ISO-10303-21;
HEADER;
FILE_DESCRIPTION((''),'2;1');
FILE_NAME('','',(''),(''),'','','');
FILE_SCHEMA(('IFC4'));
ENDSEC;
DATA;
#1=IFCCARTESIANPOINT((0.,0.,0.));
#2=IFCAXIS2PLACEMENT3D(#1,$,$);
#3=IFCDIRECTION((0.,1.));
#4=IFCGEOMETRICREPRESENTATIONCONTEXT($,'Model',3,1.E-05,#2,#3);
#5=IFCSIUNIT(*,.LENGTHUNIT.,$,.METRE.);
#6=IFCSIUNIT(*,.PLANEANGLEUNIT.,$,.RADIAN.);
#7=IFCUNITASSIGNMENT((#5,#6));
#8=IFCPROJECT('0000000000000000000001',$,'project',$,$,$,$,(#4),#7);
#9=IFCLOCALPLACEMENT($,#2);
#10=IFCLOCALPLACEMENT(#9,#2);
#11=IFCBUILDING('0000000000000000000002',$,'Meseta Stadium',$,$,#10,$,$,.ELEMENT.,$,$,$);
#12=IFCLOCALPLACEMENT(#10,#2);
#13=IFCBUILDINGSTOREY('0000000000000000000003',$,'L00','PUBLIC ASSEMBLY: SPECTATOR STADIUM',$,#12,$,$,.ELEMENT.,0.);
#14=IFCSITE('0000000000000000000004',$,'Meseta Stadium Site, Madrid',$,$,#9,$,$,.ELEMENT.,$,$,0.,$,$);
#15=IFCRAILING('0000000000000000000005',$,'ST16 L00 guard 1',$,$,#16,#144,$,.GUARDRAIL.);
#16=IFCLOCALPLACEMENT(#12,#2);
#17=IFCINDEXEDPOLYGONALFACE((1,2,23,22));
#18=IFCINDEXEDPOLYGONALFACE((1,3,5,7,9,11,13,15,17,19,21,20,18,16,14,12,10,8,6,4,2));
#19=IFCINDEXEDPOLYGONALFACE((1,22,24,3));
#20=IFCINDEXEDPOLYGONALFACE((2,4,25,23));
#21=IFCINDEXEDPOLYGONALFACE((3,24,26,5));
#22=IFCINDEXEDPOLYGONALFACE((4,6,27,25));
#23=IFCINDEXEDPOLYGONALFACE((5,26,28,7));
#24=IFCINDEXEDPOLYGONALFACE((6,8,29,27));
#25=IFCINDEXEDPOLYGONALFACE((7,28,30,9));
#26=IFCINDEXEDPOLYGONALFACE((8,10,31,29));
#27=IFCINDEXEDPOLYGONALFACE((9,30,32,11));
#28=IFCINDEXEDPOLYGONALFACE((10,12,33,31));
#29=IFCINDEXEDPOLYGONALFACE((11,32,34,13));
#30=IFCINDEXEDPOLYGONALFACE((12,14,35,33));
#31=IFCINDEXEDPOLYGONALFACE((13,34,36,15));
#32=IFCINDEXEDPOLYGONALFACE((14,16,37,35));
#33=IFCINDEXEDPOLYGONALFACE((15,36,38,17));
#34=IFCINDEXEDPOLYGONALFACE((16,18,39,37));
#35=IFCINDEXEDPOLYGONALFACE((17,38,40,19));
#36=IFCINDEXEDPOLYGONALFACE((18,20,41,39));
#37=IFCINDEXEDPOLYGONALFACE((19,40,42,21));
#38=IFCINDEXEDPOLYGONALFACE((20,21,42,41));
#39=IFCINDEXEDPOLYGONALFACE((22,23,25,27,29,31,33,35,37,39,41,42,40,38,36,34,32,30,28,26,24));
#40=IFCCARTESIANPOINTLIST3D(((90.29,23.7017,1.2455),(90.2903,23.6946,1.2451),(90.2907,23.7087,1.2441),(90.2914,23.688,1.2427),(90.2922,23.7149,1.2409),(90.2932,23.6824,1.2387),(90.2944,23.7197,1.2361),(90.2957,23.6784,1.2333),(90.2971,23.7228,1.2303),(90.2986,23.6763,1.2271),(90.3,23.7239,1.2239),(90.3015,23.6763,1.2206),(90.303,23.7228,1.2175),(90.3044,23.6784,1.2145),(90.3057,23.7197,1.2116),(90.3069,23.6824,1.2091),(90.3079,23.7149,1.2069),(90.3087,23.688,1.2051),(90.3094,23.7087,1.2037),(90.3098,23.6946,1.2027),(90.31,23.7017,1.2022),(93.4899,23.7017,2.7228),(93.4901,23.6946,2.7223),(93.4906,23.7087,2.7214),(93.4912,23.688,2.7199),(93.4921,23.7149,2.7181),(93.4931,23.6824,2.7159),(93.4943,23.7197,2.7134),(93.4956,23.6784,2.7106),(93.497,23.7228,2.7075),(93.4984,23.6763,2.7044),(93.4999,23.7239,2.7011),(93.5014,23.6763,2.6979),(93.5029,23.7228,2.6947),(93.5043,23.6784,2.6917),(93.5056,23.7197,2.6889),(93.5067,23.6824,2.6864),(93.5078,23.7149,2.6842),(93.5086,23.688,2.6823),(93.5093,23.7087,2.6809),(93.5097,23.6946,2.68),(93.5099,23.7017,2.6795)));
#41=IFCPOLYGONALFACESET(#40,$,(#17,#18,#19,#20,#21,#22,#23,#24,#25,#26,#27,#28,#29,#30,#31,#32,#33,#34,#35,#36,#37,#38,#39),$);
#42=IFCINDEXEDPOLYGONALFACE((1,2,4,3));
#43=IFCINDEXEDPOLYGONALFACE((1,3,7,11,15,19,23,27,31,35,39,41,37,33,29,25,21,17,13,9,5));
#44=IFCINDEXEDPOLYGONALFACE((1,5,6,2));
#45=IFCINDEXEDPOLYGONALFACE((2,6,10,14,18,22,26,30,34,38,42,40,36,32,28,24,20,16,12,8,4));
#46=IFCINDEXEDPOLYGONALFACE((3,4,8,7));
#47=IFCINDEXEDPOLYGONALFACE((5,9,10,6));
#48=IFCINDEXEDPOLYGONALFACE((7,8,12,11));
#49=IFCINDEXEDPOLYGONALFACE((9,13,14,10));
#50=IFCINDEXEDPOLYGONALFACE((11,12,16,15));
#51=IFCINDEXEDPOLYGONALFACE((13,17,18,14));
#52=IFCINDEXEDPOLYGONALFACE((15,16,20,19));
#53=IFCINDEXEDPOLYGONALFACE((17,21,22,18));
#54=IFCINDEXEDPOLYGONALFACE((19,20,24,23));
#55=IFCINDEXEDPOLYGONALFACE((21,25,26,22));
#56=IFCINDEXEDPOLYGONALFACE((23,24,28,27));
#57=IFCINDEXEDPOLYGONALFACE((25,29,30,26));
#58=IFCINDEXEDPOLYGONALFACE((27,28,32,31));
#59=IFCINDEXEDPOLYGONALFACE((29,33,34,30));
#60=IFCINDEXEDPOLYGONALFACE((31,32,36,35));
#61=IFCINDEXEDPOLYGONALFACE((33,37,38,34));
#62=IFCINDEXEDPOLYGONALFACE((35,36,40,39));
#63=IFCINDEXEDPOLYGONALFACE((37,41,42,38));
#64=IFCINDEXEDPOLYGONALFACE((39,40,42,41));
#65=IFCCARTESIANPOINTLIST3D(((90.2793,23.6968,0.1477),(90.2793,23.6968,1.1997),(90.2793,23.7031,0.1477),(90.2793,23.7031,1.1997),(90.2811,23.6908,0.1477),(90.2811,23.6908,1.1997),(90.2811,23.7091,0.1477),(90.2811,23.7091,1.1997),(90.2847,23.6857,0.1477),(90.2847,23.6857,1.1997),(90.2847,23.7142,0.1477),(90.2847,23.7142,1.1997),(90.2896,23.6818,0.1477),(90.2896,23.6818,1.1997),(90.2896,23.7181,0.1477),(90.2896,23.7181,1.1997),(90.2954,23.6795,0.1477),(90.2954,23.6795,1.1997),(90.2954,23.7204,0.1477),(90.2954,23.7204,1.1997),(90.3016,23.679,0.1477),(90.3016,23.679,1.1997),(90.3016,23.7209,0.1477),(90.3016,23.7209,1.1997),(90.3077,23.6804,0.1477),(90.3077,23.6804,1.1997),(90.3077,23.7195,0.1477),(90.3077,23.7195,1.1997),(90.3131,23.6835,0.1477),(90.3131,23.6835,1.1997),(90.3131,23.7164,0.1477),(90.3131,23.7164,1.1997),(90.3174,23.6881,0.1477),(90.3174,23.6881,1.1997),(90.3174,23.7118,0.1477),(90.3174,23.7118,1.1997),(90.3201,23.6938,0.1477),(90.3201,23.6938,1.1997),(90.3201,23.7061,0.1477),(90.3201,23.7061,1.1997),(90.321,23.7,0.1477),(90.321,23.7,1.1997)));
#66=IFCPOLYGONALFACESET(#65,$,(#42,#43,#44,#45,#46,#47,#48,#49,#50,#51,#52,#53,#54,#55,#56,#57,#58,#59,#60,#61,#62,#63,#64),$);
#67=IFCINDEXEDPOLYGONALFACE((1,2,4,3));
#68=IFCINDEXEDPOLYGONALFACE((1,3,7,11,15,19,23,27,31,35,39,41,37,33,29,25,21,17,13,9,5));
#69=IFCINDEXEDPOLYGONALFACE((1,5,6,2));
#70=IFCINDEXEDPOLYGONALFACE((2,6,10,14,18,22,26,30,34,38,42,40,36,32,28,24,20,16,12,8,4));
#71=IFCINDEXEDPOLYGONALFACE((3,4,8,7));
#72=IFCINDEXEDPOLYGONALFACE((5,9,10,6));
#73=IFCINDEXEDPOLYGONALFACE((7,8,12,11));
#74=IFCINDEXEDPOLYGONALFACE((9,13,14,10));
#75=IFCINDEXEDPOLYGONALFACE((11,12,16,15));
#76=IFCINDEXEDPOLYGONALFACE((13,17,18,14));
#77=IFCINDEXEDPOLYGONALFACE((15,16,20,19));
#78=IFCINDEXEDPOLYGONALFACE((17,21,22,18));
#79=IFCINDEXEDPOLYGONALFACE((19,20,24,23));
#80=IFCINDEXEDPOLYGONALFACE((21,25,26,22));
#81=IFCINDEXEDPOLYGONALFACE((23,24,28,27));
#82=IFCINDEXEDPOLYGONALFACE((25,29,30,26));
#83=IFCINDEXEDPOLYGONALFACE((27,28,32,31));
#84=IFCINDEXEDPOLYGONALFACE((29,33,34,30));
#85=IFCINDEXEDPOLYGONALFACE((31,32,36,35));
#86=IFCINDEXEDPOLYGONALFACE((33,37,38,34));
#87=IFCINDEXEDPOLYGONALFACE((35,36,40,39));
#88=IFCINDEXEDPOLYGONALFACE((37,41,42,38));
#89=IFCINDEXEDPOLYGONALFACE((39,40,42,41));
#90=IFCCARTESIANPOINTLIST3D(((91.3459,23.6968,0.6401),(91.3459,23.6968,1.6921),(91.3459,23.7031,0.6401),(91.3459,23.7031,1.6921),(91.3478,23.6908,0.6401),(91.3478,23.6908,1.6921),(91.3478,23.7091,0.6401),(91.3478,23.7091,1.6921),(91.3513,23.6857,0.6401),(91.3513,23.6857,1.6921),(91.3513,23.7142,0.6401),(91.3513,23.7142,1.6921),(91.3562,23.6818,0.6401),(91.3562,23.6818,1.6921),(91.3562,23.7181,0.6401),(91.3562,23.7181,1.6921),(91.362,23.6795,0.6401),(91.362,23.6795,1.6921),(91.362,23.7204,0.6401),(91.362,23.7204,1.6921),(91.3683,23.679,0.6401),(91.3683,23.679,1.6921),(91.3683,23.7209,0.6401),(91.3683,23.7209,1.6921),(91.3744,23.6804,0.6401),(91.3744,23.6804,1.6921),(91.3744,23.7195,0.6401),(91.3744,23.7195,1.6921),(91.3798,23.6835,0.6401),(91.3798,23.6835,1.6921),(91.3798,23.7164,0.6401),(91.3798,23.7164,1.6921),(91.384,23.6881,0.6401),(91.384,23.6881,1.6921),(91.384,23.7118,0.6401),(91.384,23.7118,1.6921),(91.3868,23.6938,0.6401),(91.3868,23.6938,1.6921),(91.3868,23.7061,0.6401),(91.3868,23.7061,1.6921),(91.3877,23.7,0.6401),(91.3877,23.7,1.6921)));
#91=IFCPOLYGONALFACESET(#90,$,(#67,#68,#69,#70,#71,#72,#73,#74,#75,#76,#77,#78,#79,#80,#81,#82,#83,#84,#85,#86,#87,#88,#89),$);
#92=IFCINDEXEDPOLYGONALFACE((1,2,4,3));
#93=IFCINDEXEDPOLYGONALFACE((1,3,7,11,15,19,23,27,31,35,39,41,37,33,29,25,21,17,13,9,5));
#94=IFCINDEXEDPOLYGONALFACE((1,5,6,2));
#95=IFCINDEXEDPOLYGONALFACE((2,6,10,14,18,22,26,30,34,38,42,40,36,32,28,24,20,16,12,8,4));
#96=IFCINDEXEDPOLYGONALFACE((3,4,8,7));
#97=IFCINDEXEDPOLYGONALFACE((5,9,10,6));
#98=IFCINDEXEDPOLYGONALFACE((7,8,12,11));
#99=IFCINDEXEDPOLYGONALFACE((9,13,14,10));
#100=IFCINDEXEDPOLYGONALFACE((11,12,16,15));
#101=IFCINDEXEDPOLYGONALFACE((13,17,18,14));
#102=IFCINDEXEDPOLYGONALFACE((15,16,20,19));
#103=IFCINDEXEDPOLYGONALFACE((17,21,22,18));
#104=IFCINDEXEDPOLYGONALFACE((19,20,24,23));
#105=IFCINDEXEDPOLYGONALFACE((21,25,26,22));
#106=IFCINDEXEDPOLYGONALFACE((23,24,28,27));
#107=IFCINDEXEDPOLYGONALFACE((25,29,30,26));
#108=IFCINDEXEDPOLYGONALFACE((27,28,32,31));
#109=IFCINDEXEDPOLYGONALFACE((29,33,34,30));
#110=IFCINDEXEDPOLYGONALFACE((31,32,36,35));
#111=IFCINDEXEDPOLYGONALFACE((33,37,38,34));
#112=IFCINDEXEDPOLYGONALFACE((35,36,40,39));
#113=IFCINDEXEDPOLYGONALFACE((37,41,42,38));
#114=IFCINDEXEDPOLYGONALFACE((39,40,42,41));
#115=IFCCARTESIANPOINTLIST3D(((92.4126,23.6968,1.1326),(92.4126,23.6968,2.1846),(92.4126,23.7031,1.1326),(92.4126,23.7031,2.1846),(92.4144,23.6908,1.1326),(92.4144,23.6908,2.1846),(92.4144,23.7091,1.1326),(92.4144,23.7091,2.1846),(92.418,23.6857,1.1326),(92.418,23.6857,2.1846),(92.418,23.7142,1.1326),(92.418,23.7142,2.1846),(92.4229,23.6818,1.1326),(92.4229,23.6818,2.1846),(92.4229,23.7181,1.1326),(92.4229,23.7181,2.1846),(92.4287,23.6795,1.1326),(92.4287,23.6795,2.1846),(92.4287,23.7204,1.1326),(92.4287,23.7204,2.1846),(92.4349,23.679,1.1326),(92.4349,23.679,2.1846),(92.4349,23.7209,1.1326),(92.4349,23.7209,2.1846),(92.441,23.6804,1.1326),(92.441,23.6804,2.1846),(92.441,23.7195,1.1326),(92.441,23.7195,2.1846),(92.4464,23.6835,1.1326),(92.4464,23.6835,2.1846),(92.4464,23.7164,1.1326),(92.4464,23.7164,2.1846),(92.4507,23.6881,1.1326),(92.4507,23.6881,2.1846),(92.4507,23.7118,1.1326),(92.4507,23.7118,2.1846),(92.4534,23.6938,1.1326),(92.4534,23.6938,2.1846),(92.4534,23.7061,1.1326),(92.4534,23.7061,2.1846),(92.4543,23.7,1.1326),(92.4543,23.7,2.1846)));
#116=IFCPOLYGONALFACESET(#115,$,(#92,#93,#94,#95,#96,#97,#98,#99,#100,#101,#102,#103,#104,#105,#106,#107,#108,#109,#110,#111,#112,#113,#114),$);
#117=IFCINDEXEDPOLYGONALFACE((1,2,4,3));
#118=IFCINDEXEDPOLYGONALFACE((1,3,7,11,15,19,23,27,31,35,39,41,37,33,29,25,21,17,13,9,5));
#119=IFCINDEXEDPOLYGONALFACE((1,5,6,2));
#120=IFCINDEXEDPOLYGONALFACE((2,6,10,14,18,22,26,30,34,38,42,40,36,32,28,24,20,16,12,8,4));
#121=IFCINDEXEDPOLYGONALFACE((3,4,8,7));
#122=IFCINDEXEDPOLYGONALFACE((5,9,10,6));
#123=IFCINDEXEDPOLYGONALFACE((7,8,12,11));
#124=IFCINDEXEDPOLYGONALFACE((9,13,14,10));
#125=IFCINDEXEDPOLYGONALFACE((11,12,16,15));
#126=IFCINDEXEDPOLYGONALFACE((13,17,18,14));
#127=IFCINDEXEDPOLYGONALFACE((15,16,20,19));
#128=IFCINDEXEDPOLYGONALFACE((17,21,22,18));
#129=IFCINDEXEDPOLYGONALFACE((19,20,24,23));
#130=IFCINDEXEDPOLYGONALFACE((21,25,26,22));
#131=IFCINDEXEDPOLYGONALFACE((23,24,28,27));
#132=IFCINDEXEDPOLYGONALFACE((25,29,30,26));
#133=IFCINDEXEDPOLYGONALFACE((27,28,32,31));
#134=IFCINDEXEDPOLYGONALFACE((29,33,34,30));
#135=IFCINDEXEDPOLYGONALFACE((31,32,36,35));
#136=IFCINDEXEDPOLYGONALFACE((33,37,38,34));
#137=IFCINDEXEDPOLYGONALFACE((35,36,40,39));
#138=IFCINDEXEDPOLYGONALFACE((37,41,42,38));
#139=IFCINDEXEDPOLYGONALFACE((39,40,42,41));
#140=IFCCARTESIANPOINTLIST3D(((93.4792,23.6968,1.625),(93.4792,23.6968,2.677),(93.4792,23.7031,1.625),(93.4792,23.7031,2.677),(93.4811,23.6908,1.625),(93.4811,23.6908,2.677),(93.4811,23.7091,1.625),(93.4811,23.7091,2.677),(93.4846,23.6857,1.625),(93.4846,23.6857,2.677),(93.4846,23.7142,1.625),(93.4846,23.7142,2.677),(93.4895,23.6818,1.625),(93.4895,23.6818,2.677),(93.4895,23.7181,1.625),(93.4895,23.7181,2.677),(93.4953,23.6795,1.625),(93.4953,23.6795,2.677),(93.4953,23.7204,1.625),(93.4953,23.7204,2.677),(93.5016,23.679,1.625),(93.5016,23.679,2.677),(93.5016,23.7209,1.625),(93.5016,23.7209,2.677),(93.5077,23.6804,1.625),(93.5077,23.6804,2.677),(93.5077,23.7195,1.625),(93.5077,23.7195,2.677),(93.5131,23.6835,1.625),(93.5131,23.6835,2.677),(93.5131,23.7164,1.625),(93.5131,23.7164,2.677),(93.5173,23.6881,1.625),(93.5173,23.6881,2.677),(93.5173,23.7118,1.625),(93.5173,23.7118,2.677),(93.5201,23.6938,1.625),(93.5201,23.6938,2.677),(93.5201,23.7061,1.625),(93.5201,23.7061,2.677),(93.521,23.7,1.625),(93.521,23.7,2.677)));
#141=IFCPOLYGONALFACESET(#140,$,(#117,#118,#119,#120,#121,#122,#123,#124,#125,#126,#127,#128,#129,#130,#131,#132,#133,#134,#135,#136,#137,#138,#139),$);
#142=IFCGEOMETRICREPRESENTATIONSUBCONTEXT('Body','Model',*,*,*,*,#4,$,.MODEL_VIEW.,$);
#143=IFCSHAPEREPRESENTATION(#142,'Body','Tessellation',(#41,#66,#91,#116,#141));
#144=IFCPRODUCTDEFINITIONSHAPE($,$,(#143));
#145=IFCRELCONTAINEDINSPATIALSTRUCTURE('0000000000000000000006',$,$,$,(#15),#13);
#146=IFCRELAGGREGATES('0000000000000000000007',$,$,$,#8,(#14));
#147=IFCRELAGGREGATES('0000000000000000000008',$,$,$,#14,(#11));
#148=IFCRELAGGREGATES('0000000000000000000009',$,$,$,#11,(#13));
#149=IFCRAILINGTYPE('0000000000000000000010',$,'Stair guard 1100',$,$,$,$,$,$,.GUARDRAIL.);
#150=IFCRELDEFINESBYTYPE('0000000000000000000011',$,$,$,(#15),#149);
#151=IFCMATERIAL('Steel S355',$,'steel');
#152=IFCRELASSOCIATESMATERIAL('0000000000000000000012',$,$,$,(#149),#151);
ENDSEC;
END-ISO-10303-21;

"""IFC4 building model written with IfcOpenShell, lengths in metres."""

from ifc_helpers import new_model, si_unit, direction, frame, origin, origin_2d, place, context, subcontext, project, spatial, circle, extrude, material, type_object, element, save


model = new_model("IFC4")

# Units and contexts
model_context = context("Model", 3, precision=1e-05, world=origin(), true_north=direction((0.0, 1.0)))
body_context = subcontext(model_context, "Body", "Model", "MODEL_VIEW")
ifc_project = project(units=[si_unit("LENGTHUNIT", "METRE"), si_unit("PLANEANGLEUNIT", "RADIAN")], contexts=[model_context])

# Site, building, storey
site_placement = place(None, origin())
site = spatial("IfcSite", under=ifc_project, at=site_placement, Name="Meseta Stadium Site, Madrid", CompositionType="ELEMENT", RefElevation=0.0)
building_placement = place(site_placement, origin())
building = spatial("IfcBuilding", under=site, at=building_placement, Name="Meseta Stadium", CompositionType="ELEMENT")
storey_placement = place(building_placement, origin())
storey = spatial("IfcBuildingStorey", under=building, at=storey_placement, Name="L00", Description="PUBLIC ASSEMBLY: SPECTATOR STADIUM", CompositionType="ELEMENT", Elevation=0.0)

# Railing
ifc_material_1 = material(Name="Steel S355", Category="steel")
railing_type_1 = type_object("IfcRailingType", Name="Stair guard 1100", PredefinedType="GUARDRAIL", material=ifc_material_1)
railing_1_placement = place(storey_placement, frame((90.3, 23.7, 0.1477)))
element("IfcRailing", 1, at=railing_1_placement, inside=storey, type_object=railing_type_1, Name="ST16 L00 guard 1", PredefinedType="GUARDRAIL", context=body_context, shape_type="SweptSolid", body=[
    extrude(circle(Radius=0.0239, at=origin_2d()), frame((0.0, 0.0, 1.0762), z_axis=(0.907917, 0.0, 0.41915), x_axis=(0.0, 1.0, 0.0)), (0.0, 0.0, 1.0), 3.5244),
    extrude(circle(Radius=0.021, at=origin_2d()), origin(), (0.0, 0.0, 1.0), 1.052),
    extrude(circle(Radius=0.021, at=origin_2d()), frame((1.0667, 0.0, 0.4924)), (0.0, 0.0, 1.0), 1.052),
    extrude(circle(Radius=0.021, at=origin_2d()), frame((2.1333, 0.0, 0.9849)), (0.0, 0.0, 1.0), 1.052),
    extrude(circle(Radius=0.021, at=origin_2d()), frame((3.2, 0.0, 1.4773)), (0.0, 0.0, 1.0), 1.052),
])

save(model, "model.ifc")
